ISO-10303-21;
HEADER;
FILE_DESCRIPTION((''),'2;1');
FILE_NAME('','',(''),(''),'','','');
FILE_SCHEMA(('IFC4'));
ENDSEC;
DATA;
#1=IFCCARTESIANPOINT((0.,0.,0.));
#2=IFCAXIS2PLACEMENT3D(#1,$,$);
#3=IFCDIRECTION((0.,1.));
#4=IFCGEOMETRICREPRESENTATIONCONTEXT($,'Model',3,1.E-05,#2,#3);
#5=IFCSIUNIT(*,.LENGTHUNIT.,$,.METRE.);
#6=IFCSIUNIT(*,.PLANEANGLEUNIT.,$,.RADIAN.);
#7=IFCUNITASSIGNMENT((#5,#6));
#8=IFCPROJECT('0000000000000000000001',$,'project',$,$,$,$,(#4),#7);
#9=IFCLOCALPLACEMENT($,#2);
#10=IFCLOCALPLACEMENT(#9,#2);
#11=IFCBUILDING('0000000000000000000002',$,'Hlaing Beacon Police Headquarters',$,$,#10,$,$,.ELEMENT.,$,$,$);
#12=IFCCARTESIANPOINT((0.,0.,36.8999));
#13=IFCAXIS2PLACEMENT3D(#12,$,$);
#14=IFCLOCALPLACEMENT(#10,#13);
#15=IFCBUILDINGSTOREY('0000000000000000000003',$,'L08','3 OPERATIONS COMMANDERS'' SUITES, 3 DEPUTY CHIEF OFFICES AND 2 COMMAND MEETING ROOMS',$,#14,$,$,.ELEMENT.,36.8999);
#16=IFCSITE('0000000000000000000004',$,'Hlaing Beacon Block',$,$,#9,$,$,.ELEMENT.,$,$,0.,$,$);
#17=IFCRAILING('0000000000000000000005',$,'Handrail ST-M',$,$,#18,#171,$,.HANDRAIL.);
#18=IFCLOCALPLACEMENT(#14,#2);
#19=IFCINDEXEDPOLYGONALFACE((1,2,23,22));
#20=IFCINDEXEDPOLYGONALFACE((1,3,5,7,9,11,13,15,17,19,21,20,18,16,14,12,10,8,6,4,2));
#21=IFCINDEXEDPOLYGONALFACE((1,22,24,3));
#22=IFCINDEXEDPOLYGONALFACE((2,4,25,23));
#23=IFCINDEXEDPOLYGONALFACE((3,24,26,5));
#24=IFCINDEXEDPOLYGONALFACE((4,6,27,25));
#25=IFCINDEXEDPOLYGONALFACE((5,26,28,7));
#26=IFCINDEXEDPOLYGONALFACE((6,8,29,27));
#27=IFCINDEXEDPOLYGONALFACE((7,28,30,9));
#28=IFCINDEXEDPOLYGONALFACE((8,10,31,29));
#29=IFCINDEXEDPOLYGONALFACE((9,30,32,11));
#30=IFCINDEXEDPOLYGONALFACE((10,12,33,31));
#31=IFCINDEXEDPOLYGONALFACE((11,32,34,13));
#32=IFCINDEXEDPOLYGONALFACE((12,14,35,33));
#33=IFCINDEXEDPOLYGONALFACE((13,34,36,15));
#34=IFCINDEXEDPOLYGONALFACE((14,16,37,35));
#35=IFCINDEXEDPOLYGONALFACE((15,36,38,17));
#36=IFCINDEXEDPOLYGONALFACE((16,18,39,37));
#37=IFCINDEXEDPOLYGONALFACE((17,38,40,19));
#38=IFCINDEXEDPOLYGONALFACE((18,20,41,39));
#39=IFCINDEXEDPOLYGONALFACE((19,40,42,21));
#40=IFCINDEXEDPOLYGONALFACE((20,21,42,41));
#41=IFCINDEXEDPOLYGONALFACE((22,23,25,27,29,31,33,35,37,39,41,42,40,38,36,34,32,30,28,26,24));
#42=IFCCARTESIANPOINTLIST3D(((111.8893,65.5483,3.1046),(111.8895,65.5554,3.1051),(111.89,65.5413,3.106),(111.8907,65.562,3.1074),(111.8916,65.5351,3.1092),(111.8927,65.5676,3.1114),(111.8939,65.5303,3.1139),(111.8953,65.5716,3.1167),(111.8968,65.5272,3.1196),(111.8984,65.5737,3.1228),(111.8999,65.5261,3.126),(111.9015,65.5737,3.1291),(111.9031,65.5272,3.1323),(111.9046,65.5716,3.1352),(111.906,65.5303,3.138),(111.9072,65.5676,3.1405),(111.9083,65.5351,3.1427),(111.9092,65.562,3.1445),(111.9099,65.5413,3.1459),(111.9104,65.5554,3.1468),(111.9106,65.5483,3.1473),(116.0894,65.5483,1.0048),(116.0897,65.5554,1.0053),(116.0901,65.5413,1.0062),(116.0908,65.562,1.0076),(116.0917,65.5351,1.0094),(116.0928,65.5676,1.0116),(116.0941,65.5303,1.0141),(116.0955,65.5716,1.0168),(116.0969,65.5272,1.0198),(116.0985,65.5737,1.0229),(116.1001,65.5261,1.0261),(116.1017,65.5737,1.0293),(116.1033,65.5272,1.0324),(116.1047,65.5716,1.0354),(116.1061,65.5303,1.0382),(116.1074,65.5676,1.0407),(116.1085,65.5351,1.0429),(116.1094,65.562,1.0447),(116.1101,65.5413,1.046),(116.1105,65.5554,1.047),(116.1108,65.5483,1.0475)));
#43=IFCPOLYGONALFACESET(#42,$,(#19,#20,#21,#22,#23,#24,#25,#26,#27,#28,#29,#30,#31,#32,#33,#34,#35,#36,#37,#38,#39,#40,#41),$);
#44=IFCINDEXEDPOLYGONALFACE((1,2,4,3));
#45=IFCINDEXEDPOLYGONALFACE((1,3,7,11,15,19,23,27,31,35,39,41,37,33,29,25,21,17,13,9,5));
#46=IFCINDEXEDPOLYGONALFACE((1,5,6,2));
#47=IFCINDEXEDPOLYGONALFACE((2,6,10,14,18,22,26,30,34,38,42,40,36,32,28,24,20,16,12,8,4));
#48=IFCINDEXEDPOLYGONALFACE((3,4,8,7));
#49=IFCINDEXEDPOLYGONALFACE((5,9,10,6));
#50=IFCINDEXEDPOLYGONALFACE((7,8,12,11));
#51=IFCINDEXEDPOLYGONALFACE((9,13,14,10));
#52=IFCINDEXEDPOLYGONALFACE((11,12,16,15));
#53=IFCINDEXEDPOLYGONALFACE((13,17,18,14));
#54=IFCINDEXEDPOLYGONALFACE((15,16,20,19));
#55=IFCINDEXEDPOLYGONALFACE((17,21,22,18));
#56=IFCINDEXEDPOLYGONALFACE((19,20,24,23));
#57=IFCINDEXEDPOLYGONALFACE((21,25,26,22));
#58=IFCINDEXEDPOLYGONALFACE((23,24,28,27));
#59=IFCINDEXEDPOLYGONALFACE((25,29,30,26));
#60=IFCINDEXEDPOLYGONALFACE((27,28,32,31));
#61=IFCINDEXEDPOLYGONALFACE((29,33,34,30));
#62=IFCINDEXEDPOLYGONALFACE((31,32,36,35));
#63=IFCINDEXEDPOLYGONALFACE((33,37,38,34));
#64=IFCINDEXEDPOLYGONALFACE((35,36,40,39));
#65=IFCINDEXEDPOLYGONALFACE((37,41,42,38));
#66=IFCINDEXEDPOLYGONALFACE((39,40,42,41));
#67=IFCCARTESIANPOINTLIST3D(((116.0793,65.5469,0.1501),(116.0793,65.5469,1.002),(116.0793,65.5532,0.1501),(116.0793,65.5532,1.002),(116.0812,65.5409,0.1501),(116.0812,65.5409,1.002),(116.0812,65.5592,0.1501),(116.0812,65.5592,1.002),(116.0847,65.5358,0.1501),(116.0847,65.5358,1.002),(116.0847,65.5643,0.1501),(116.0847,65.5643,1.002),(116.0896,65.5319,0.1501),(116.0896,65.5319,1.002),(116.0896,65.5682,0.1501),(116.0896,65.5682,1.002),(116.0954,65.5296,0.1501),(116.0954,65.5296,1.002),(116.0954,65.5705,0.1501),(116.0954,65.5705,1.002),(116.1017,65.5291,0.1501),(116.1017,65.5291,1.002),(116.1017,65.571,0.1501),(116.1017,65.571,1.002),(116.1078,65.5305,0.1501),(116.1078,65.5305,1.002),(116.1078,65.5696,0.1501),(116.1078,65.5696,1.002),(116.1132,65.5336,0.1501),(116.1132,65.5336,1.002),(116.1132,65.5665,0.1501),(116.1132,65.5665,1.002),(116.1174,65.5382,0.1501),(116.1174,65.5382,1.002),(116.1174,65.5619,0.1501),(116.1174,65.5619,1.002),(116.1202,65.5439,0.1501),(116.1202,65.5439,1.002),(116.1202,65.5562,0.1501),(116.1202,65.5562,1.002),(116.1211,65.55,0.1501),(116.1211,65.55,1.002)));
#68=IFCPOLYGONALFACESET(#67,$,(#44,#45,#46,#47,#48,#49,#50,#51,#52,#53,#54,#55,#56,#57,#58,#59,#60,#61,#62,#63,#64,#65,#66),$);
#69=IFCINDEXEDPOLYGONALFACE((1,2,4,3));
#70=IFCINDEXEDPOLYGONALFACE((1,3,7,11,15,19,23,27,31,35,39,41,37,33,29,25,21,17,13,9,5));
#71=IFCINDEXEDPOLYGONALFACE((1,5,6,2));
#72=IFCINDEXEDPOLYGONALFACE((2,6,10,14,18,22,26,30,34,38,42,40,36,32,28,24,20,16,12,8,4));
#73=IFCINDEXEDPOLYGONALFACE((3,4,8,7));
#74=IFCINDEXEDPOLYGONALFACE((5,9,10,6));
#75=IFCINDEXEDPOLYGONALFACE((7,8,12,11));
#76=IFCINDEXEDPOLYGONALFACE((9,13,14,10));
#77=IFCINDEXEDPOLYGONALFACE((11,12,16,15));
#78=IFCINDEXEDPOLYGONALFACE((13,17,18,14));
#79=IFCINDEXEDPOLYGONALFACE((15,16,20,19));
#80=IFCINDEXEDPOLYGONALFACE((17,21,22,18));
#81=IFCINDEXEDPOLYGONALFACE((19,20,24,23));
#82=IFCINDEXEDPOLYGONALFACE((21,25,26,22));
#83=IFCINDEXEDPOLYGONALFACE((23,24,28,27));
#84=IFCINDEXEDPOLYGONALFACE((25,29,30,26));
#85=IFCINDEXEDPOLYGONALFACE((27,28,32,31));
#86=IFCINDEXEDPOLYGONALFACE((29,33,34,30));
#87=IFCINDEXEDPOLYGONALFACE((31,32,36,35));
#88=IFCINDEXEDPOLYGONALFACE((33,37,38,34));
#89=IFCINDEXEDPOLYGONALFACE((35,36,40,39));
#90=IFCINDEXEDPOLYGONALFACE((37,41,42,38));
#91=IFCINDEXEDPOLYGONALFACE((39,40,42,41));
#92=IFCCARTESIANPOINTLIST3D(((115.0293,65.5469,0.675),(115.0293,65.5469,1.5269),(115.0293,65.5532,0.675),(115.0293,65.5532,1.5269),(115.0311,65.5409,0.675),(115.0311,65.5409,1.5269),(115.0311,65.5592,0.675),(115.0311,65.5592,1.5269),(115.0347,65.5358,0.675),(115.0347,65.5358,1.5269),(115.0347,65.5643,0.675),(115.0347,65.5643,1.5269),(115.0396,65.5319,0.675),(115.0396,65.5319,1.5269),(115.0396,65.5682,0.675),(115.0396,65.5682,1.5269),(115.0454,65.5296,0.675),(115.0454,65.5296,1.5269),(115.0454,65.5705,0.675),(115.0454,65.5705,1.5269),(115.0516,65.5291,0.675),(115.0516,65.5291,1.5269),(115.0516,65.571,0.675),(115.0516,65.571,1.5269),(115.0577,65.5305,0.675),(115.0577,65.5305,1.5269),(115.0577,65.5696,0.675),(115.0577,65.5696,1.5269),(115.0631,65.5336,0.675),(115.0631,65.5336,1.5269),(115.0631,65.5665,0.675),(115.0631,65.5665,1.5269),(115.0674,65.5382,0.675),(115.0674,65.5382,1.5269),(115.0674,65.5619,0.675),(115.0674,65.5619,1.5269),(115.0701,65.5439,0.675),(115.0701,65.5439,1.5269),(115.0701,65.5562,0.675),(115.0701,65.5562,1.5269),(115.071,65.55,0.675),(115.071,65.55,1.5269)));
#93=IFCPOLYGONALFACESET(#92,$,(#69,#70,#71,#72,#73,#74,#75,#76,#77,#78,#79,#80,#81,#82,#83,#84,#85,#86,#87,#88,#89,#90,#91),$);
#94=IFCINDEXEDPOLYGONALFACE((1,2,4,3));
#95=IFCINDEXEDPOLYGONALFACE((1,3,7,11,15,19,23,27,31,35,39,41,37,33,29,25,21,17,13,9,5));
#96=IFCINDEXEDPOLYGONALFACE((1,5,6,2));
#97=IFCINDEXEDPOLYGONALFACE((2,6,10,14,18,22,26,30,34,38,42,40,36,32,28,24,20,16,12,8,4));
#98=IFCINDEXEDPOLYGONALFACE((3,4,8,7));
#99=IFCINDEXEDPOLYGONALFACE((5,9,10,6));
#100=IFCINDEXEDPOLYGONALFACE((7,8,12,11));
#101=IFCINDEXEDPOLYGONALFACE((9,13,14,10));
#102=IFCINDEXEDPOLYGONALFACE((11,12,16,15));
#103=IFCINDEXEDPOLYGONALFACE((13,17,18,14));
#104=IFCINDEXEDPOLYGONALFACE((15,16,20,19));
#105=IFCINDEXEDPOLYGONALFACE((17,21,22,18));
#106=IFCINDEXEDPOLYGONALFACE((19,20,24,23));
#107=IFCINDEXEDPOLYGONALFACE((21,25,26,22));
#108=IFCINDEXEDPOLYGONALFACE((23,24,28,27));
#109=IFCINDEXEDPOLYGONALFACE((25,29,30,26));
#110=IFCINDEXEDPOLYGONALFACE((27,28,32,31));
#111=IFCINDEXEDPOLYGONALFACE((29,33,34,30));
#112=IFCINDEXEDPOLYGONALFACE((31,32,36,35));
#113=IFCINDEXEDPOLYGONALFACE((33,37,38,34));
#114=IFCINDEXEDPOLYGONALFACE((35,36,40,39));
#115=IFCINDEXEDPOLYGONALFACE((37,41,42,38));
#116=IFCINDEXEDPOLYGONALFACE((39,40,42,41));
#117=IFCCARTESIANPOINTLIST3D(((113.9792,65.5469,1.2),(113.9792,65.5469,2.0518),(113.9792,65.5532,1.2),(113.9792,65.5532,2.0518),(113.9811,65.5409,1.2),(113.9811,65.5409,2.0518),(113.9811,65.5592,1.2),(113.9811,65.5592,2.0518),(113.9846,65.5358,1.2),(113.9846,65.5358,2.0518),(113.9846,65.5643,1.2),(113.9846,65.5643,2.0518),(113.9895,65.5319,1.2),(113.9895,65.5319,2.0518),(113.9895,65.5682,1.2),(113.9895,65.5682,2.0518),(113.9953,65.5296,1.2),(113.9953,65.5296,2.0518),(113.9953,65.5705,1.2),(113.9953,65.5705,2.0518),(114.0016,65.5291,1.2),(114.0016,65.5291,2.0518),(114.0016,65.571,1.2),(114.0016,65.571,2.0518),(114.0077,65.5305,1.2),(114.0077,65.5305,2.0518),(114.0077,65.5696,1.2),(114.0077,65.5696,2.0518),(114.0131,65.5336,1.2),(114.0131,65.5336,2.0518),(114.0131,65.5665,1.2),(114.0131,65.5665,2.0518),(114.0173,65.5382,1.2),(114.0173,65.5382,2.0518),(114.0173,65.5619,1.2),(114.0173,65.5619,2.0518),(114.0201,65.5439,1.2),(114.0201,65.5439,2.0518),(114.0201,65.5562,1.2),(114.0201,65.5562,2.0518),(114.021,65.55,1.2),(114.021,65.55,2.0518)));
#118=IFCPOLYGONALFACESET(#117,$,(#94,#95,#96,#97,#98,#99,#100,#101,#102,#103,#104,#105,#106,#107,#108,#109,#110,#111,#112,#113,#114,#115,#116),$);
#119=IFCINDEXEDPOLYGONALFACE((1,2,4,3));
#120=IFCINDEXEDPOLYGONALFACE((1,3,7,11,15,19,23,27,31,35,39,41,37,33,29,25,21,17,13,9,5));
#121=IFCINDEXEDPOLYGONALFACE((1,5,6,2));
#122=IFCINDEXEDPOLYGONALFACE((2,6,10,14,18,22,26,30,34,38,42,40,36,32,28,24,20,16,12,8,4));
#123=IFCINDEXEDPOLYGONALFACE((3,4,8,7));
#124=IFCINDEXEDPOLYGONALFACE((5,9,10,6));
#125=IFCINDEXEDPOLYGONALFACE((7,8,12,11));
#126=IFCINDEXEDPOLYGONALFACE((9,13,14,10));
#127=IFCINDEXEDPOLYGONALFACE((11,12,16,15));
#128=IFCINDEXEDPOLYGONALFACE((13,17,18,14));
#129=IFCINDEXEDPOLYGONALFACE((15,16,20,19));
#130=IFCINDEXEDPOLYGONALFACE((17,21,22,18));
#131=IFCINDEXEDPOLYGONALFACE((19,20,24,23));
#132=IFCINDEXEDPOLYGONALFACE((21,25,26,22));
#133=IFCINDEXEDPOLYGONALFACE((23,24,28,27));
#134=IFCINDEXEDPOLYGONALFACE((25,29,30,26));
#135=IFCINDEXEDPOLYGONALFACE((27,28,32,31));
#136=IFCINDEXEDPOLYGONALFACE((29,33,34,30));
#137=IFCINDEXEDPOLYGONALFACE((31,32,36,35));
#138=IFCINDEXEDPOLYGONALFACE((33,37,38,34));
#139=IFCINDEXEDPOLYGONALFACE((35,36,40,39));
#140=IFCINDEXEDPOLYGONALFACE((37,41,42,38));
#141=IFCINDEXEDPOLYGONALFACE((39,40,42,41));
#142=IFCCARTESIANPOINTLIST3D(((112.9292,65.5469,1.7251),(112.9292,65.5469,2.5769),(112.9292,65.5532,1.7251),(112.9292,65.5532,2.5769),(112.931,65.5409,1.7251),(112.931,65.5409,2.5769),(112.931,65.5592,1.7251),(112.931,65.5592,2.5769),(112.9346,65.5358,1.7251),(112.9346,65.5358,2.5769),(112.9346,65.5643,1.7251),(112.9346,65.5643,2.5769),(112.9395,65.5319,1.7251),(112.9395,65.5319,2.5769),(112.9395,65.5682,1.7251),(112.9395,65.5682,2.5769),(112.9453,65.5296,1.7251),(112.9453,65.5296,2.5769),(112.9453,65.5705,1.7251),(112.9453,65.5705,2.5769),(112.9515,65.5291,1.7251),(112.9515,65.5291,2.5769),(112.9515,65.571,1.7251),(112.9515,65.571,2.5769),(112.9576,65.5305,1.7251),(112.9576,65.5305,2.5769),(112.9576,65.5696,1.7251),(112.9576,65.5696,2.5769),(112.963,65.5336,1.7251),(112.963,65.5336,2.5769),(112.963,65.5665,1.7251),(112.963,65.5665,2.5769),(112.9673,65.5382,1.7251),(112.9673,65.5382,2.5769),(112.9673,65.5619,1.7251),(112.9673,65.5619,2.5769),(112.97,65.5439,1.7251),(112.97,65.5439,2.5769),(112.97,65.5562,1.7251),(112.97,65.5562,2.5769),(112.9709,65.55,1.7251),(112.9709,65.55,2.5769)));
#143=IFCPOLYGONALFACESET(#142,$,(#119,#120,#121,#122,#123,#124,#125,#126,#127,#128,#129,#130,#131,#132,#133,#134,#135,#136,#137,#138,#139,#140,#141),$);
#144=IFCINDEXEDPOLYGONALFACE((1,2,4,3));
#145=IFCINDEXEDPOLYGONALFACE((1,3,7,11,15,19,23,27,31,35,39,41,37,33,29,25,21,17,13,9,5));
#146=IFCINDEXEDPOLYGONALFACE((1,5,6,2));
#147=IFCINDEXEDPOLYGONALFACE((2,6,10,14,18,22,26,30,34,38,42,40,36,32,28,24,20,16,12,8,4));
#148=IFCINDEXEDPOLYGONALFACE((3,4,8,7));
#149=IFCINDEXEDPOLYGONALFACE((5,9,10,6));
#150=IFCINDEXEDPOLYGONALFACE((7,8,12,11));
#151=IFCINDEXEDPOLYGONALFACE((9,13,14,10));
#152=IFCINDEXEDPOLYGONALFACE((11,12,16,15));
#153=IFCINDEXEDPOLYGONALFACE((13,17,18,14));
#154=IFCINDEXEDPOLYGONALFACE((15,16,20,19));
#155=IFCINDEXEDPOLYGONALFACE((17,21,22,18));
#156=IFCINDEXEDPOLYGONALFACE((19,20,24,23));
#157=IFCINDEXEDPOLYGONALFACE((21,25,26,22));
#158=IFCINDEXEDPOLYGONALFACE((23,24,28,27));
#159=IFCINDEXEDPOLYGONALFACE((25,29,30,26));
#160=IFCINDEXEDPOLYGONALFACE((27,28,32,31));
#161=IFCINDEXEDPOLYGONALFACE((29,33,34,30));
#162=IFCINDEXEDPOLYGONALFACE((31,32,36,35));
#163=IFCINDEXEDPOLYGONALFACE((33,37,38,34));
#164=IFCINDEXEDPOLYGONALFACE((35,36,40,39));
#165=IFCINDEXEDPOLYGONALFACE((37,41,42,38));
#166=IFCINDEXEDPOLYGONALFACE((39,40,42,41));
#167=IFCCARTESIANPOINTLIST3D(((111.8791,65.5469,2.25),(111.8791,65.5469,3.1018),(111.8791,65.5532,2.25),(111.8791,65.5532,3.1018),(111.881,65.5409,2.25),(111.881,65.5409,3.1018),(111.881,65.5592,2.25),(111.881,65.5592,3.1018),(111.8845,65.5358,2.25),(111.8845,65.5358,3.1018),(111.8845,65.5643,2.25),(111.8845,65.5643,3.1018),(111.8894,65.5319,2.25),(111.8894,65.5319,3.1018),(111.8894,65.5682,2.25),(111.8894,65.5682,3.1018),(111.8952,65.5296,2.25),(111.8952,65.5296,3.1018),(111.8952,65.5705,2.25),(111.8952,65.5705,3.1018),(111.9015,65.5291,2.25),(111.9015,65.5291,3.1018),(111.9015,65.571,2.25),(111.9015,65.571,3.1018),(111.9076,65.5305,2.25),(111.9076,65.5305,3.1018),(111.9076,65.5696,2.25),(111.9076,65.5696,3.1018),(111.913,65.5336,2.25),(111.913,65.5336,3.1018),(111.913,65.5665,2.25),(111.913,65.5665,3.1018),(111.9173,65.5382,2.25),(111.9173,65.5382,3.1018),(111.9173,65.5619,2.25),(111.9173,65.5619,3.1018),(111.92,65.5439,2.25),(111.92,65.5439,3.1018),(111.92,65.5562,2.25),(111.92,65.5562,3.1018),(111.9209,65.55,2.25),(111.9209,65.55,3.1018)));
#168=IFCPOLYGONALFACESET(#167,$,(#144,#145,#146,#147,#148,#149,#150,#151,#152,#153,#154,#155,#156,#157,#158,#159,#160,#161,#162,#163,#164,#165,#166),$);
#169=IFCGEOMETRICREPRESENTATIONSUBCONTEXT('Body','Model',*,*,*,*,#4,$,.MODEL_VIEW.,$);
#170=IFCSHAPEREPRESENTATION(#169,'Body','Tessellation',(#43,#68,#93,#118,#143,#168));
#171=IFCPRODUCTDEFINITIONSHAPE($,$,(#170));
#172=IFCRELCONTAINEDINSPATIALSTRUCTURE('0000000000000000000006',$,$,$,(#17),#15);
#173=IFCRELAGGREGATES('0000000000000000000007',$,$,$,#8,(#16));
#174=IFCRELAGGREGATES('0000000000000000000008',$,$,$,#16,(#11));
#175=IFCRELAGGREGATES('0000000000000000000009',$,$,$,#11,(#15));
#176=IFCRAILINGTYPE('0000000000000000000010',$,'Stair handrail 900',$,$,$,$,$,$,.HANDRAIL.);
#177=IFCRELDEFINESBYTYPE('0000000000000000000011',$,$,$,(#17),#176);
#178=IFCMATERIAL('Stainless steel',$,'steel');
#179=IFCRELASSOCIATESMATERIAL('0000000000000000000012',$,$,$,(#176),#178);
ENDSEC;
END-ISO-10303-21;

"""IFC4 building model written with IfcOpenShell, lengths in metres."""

from ifc_helpers import new_model, si_unit, direction, frame, origin, origin_2d, place, context, subcontext, project, spatial, circle, extrude, material, type_object, element, save


model = new_model("IFC4")

# Units and contexts
model_context = context("Model", 3, precision=1e-05, world=origin(), true_north=direction((0.0, 1.0)))
body_context = subcontext(model_context, "Body", "Model", "MODEL_VIEW")
ifc_project = project(units=[si_unit("LENGTHUNIT", "METRE"), si_unit("PLANEANGLEUNIT", "RADIAN")], contexts=[model_context])

# Site, building, storey
site_placement = place(None, origin())
site = spatial("IfcSite", under=ifc_project, at=site_placement, Name="Hlaing Beacon Block", CompositionType="ELEMENT", RefElevation=0.0)
building_placement = place(site_placement, origin())
building = spatial("IfcBuilding", under=site, at=building_placement, Name="Hlaing Beacon Police Headquarters", CompositionType="ELEMENT")
storey_placement = place(building_placement, frame((0.0, 0.0, 36.8999)))
storey = spatial("IfcBuildingStorey", under=building, at=storey_placement, Name="L08", Description="3 OPERATIONS COMMANDERS' SUITES, 3 DEPUTY CHIEF OFFICES AND 2 COMMAND MEETING ROOMS", CompositionType="ELEMENT", Elevation=36.8999)

# Railing
ifc_material_1 = material(Name="Stainless steel", Category="steel")
railing_type_1 = type_object("IfcRailingType", Name="Stair handrail 900", PredefinedType="HANDRAIL", material=ifc_material_1)
for number, where, name in (
    (1, (116.1001, 65.55, 0.1501), "Handrail ST-M"),
):
    element("IfcRailing", number, at=place(storey_placement, frame(where)), inside=storey, type_object=railing_type_1, Name=name, PredefinedType="HANDRAIL", context=body_context, shape_type="SweptSolid", body=[
        extrude(circle(Radius=0.0239, at=origin_2d()), frame((0.0, 0.0, 0.876), z_axis=(-0.894448, 0.0, 0.447172), x_axis=(0.0, -1.0, 0.0)), (0.0, 0.0, 1.0), 4.6958),
        extrude(circle(Radius=0.021, at=origin_2d()), origin(), (0.0, 0.0, 1.0), 0.8518),
        extrude(circle(Radius=0.021, at=origin_2d()), frame((-1.05, 0.0, 0.5249)), (0.0, 0.0, 1.0), 0.8518),
        extrude(circle(Radius=0.021, at=origin_2d()), frame((-2.1001, 0.0, 1.0498)), (0.0, 0.0, 1.0), 0.8518),
        extrude(circle(Radius=0.021, at=origin_2d()), frame((-3.1501, 0.0, 1.575)), (0.0, 0.0, 1.0), 0.8518),
        extrude(circle(Radius=0.021, at=origin_2d()), frame((-4.2002, 0.0, 2.0999)), (0.0, 0.0, 1.0), 0.8518),
    ])

save(model, "model.ifc")
